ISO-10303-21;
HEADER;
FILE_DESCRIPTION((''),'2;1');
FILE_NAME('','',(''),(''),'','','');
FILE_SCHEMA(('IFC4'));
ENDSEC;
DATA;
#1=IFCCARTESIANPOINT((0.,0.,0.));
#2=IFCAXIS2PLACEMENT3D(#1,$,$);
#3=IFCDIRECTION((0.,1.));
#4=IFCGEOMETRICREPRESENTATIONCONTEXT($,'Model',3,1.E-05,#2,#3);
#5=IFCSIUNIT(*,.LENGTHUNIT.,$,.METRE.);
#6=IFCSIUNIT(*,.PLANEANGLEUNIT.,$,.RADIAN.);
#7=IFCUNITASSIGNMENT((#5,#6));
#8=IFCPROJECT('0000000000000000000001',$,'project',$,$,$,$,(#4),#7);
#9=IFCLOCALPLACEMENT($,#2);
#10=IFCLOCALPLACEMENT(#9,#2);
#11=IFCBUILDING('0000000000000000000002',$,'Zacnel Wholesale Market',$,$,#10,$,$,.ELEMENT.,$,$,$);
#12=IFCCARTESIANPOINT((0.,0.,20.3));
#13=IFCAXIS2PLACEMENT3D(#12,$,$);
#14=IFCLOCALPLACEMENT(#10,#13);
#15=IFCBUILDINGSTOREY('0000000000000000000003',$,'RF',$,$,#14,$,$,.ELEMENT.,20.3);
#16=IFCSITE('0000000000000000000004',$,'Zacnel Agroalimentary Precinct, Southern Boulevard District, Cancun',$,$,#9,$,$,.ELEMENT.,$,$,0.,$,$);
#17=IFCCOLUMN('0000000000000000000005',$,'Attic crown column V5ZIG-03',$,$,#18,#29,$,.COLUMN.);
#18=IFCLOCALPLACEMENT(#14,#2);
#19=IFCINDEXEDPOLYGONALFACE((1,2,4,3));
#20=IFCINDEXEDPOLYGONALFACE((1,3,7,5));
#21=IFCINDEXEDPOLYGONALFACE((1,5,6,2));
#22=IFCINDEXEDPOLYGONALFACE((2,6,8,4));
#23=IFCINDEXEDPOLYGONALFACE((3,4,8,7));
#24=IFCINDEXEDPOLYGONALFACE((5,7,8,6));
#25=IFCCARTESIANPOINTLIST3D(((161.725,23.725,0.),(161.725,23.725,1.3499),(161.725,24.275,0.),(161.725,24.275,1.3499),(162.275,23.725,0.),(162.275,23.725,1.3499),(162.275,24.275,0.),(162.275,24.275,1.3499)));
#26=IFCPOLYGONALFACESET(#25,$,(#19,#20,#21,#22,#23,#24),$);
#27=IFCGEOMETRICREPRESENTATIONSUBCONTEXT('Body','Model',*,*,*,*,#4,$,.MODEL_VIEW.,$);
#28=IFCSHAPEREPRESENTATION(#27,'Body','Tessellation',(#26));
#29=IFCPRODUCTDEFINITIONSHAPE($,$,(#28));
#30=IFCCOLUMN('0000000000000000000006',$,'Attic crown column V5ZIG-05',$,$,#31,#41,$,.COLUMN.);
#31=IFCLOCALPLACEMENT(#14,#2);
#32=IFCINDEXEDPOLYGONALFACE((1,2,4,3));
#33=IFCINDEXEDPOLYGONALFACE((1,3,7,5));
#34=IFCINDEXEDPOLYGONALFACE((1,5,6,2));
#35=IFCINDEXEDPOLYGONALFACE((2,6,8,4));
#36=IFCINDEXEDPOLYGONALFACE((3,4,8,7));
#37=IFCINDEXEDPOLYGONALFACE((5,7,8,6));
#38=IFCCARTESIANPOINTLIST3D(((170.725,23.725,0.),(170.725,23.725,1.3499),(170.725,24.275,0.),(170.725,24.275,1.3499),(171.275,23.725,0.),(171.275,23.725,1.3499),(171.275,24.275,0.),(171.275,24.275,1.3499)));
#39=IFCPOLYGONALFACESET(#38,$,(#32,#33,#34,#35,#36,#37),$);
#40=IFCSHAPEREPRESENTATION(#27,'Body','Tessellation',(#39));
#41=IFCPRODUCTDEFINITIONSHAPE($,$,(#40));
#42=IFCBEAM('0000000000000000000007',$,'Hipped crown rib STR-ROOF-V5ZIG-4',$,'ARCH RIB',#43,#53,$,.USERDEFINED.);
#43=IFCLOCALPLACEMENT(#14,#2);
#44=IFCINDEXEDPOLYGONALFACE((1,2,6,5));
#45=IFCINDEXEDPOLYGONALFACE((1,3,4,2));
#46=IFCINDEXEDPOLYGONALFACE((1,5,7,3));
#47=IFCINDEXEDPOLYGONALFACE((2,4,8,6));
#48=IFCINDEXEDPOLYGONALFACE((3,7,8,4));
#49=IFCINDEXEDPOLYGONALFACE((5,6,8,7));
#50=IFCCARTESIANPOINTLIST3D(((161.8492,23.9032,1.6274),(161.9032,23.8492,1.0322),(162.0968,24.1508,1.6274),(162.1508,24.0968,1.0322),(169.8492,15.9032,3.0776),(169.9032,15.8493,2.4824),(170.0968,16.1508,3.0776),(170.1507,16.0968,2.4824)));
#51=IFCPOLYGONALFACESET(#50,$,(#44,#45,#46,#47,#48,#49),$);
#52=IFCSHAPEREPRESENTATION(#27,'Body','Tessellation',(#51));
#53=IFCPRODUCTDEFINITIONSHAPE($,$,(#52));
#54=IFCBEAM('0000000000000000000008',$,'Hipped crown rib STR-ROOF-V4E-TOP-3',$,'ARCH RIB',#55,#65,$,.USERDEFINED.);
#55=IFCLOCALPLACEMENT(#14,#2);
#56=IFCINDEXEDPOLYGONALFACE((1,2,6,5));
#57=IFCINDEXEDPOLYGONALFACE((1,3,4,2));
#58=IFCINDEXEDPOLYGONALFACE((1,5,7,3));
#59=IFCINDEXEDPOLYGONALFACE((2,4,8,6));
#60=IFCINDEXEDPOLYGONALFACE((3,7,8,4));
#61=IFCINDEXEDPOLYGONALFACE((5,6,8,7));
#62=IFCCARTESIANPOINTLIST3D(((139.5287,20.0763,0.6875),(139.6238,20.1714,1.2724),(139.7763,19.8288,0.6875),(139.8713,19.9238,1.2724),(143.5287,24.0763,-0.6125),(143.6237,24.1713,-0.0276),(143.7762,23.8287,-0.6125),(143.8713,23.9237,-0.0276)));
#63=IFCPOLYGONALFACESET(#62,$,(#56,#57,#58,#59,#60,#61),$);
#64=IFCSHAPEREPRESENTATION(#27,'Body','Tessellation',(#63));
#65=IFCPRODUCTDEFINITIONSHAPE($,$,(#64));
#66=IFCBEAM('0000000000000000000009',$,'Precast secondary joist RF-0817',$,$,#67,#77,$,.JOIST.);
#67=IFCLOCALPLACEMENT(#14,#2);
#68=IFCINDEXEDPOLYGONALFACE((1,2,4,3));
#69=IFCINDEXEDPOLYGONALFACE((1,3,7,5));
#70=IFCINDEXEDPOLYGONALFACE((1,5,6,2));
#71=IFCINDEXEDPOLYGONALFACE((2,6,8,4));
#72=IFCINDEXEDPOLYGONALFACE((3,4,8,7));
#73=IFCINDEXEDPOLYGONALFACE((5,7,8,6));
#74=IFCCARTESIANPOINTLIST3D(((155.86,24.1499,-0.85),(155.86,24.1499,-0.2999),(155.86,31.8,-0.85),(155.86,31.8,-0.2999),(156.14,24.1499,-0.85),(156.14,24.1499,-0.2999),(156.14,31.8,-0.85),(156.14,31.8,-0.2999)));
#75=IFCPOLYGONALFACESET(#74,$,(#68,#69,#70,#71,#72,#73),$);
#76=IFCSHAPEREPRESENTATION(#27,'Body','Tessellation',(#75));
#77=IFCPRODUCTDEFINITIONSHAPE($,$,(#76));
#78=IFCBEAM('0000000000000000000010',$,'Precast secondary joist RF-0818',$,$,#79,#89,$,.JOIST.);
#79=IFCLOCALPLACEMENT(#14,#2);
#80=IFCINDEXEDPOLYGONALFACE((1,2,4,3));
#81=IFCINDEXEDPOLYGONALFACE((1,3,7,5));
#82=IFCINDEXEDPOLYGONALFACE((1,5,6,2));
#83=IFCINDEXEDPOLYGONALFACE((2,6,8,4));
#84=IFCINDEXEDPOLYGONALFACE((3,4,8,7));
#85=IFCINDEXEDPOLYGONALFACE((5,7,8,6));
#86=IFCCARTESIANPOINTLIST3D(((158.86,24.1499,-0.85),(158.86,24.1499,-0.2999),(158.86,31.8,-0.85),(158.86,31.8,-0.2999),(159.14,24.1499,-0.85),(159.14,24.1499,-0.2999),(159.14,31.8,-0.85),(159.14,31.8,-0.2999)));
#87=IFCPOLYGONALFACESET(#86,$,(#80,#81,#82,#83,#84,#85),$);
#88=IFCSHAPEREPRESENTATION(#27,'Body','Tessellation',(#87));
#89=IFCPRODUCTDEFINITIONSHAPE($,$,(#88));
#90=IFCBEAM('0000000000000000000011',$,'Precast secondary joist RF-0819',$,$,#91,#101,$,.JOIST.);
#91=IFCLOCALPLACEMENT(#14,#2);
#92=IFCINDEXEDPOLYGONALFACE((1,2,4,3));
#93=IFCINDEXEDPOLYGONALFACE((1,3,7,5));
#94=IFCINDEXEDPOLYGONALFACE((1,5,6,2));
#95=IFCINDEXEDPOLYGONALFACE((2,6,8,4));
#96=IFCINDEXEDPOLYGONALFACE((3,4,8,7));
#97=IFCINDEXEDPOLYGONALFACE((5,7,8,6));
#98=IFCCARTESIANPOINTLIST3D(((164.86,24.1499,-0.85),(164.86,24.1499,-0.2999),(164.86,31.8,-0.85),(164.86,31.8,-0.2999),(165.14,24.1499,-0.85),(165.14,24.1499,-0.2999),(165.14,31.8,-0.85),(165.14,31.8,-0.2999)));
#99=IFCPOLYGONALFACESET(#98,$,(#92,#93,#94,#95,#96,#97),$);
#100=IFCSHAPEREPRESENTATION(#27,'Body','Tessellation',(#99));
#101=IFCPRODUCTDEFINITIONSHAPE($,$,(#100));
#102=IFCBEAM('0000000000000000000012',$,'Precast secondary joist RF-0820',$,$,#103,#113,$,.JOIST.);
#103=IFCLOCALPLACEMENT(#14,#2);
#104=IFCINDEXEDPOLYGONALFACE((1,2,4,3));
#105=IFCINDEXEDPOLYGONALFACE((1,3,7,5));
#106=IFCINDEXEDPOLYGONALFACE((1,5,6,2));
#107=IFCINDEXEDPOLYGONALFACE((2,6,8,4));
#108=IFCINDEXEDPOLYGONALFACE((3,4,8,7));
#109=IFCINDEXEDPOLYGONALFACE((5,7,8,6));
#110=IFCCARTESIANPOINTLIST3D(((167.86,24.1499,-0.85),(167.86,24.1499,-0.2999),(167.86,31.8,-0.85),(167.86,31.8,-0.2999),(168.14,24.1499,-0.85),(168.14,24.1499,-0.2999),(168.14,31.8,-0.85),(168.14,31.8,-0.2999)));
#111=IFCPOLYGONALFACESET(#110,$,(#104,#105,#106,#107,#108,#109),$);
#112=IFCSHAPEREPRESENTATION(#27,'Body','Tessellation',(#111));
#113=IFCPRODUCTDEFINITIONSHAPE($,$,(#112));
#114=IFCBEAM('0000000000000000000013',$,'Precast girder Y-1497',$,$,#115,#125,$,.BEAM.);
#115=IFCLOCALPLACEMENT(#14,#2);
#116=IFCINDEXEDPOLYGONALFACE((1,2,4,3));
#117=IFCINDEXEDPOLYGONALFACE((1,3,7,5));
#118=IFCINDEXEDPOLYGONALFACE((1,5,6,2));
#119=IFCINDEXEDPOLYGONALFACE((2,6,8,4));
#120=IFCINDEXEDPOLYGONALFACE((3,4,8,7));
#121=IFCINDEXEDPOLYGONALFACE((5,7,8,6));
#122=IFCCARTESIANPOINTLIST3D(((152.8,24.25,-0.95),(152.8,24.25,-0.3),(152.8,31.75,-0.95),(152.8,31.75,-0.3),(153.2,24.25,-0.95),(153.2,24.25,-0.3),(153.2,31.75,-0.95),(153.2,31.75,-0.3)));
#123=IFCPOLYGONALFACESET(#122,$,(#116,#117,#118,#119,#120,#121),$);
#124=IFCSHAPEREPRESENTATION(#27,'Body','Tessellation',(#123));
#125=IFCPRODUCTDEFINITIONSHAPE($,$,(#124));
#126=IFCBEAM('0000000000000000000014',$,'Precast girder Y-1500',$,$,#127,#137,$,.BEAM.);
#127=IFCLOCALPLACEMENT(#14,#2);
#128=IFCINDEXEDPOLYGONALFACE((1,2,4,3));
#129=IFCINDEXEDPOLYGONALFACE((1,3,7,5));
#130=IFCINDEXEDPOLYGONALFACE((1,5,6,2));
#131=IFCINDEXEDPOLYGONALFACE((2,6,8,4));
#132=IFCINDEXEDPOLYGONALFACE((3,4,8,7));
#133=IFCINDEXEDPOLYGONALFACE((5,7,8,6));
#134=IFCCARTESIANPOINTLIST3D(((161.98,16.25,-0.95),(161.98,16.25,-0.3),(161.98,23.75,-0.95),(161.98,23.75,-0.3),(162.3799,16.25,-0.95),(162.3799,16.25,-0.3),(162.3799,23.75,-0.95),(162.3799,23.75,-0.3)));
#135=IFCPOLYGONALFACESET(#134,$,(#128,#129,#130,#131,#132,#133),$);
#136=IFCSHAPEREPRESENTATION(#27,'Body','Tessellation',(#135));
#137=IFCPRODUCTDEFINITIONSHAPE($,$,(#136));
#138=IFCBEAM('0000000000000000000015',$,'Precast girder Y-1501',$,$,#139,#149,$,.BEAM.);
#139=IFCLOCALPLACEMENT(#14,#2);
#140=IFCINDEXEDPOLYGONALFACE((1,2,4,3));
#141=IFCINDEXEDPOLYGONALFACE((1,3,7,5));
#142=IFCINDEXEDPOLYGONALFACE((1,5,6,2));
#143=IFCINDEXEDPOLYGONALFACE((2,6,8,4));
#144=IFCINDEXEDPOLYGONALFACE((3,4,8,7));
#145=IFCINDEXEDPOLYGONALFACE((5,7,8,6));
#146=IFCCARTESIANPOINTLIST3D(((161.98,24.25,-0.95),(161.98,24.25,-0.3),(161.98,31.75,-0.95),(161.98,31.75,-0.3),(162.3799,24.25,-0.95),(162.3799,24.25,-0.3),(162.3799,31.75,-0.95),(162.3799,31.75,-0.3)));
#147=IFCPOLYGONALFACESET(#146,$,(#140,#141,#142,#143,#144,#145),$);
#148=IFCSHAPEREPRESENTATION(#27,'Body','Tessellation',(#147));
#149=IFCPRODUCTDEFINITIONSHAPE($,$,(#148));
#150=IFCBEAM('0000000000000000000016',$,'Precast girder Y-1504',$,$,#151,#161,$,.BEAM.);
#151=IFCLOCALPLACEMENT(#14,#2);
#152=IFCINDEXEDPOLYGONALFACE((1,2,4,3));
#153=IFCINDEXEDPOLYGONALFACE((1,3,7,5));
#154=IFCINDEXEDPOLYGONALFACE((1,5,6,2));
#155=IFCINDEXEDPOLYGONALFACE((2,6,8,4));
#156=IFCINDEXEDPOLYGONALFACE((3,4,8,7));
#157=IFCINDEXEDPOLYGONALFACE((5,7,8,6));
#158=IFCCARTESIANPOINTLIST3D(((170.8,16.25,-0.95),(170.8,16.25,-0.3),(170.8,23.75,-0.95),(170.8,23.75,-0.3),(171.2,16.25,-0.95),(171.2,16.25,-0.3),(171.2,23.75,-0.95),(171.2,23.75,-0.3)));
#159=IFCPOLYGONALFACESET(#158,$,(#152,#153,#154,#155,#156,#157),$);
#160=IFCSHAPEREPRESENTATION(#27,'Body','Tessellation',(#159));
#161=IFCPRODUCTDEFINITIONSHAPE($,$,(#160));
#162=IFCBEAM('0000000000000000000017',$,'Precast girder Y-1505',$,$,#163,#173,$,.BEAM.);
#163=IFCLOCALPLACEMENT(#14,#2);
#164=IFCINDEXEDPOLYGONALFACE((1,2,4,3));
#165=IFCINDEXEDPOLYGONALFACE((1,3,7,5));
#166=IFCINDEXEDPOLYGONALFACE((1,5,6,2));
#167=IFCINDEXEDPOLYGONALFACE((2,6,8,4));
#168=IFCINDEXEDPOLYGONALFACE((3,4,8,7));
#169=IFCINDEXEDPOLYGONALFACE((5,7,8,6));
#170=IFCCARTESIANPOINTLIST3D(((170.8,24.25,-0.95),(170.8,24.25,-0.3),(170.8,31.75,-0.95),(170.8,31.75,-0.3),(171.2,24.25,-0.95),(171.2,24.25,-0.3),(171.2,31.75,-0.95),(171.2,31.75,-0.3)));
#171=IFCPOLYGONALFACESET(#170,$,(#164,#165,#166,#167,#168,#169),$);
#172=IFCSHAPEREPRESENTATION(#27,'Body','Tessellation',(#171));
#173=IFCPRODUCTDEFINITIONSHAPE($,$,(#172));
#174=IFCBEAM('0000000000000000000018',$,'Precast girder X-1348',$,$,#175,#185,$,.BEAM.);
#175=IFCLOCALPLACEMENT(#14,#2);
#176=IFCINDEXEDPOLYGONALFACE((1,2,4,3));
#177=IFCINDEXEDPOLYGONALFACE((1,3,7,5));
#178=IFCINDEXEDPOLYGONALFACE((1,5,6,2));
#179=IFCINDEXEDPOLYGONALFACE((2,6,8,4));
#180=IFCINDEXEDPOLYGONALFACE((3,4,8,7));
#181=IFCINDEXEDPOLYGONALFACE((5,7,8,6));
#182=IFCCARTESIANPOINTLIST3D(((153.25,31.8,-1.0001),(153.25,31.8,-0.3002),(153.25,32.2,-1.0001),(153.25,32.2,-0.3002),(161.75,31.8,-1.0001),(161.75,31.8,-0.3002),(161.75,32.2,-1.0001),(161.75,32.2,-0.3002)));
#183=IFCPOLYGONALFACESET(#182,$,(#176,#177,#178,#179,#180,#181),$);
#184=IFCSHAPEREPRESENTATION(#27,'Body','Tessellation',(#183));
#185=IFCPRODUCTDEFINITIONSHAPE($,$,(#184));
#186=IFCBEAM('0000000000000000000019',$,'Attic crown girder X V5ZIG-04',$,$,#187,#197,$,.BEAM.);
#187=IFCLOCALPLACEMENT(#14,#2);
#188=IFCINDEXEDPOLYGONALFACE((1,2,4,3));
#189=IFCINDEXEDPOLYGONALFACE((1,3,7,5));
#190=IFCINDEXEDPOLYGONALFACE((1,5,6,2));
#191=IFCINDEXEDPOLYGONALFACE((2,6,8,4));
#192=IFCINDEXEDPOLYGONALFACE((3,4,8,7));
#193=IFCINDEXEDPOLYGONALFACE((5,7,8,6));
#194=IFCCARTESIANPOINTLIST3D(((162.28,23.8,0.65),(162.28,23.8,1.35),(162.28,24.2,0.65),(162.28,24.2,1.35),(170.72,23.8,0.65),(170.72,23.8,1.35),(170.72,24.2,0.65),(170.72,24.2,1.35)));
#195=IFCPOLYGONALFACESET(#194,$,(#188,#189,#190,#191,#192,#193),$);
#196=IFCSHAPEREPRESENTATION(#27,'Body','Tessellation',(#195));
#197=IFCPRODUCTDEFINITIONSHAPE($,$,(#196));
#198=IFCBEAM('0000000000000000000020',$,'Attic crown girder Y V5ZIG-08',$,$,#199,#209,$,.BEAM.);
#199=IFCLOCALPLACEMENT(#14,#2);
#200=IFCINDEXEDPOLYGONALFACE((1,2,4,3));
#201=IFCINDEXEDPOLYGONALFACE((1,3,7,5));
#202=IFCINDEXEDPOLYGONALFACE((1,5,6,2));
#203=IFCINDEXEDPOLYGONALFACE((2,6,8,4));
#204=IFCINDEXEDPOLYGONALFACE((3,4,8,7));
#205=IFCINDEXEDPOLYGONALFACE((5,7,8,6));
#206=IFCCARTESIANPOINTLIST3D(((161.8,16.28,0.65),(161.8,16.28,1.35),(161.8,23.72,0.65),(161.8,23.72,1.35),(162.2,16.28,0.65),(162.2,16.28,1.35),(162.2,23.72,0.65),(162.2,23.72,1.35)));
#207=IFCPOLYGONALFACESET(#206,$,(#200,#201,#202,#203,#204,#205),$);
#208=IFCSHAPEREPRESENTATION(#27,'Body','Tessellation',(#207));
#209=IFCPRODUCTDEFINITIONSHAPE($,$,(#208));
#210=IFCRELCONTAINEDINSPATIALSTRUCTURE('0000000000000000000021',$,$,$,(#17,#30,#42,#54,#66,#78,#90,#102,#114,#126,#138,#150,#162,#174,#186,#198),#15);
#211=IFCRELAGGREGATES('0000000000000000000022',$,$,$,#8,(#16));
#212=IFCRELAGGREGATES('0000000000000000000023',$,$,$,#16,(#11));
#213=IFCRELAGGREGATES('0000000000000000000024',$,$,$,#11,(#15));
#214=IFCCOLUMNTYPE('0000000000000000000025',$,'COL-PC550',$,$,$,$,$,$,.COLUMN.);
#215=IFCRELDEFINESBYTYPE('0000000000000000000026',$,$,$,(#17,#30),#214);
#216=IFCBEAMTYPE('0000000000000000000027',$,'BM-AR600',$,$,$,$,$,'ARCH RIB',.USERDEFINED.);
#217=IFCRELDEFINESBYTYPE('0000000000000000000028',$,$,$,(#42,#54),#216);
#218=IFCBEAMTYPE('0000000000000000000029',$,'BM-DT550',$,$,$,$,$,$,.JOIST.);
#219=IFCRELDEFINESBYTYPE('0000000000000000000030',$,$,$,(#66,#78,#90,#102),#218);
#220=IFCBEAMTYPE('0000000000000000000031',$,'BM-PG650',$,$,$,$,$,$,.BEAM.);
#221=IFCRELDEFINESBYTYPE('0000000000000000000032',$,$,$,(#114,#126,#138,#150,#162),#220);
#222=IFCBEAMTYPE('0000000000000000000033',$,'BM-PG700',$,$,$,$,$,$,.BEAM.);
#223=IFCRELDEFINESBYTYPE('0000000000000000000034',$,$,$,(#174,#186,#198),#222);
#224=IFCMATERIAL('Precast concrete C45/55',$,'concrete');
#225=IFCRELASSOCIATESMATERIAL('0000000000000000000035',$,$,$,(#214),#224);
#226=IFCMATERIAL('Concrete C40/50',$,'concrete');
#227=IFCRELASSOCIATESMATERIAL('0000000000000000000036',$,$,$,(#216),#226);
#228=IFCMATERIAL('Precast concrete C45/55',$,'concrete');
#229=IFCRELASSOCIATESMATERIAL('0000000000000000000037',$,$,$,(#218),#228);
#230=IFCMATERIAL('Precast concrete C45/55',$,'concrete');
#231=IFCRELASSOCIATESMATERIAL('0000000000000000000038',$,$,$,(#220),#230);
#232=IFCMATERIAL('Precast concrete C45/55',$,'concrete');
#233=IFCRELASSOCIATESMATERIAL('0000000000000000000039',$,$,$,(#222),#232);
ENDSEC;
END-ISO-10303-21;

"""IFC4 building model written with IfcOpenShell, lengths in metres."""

from ifc_helpers import new_model, si_unit, direction, frame, origin, origin_2d, place, context, subcontext, project, spatial, rectangle, extrude, material, material_profile, profile_set, type_object, element, save


model = new_model("IFC4")

# Units and contexts
model_context = context("Model", 3, precision=1e-05, world=origin(), true_north=direction((0.0, 1.0)))
body_context = subcontext(model_context, "Body", "Model", "MODEL_VIEW")
ifc_project = project(units=[si_unit("LENGTHUNIT", "METRE"), si_unit("PLANEANGLEUNIT", "RADIAN")], contexts=[model_context])

# Site, building, storey
site_placement = place(None, origin())
site = spatial("IfcSite", under=ifc_project, at=site_placement, Name="Zacnel Agroalimentary Precinct, Southern Boulevard District, Cancun", CompositionType="ELEMENT", RefElevation=0.0)
building_placement = place(site_placement, origin())
building = spatial("IfcBuilding", under=site, at=building_placement, Name="Zacnel Wholesale Market", CompositionType="ELEMENT")
storey_placement = place(building_placement, frame((0.0, 0.0, 20.3)))
storey = spatial("IfcBuildingStorey", under=building, at=storey_placement, Name="RF", CompositionType="ELEMENT", Elevation=20.3)

# Columns
ifc_material_1 = material(Name="Precast concrete C45/55", Category="concrete")
ifc_material_profile_1 = material_profile(ifc_material_1, rectangle(XDim=0.55, YDim=0.55, at=origin_2d()), Name="PC 550x550")
ifc_profile_set_1 = profile_set([ifc_material_profile_1], Name="Precast concrete C45/55")
column_type = type_object("IfcColumnType", Name="COL-PC550", PredefinedType="COLUMN", material=ifc_profile_set_1)
for number, where, z_axis, x_axis, name in (
    (1, (162.0, 24.0, 0.0), (0.0, 0.0, 1.0), (1.0, 0.0, 0.0), "Attic crown column V5ZIG-03"),
    (2, (171.0, 24.0, 0.0), (0.0, 0.0, 1.0), (1.0, 0.0, 0.0), "Attic crown column V5ZIG-05"),
):
    element("IfcColumn", number, at=place(storey_placement, frame(where, z_axis=z_axis, x_axis=x_axis)), inside=storey, type_object=column_type, Name=name, PredefinedType="COLUMN", context=body_context, shape_type="SweptSolid", body=[
        extrude(rectangle(XDim=0.55, YDim=0.55, at=origin_2d()), origin(), (0.0, 0.0, 1.0), 1.3499),
    ])

# Beams
ifc_material_2 = material(Name="Concrete C40/50", Category="concrete")
ifc_material_profile_2 = material_profile(ifc_material_2, rectangle(XDim=0.3501, YDim=0.6001, at=origin_2d()), Name="ARCH RIB 350x600")
ifc_profile_set_2 = profile_set([ifc_material_profile_2], Name="Concrete C40/50")
beam_type_1 = type_object("IfcBeamType", Name="BM-AR600", ElementType="ARCH RIB", PredefinedType="USERDEFINED", material=ifc_profile_set_2)
beam_1_placement = place(storey_placement, frame((162.0, 24.0, 1.3298), z_axis=(0.701368, -0.701368, 0.12714), x_axis=(0.707107, 0.707107, 0.0)))
element("IfcBeam", 3, at=beam_1_placement, inside=storey, type_object=beam_type_1, Name="Hipped crown rib STR-ROOF-V5ZIG-4", ObjectType="ARCH RIB", PredefinedType="USERDEFINED", context=body_context, shape_type="SweptSolid", body=[
    extrude(rectangle(XDim=0.3501, YDim=0.6001, at=origin_2d()), origin(), (0.0, 0.0, 1.0), 11.4062),
])
beam_2_placement = place(storey_placement, frame((143.7, 24.0, -0.3201), z_axis=(-0.689142, -0.689142, 0.22398), x_axis=(0.707107, -0.707107, 0.0)))
element("IfcBeam", 4, at=beam_2_placement, inside=storey, type_object=beam_type_1, Name="Hipped crown rib STR-ROOF-V4E-TOP-3", ObjectType="ARCH RIB", PredefinedType="USERDEFINED", context=body_context, shape_type="SweptSolid", body=[
    extrude(rectangle(XDim=0.3501, YDim=0.6001, at=origin_2d()), origin(), (0.0, 0.0, 1.0), 5.8042),
])
ifc_material_3 = material(Name="Precast concrete C45/55", Category="concrete")
ifc_material_profile_3 = material_profile(ifc_material_3, rectangle(XDim=0.28, YDim=0.55, at=origin_2d()), Name="DT RIB 280x550")
ifc_profile_set_3 = profile_set([ifc_material_profile_3], Name="Precast concrete C45/55")
beam_type_2 = type_object("IfcBeamType", Name="BM-DT550", PredefinedType="JOIST", material=ifc_profile_set_3)
for number, where, z_axis, x_axis, name in (
    (5, (156.0, 24.1499, -0.575), (0.0, 1.0, 0.0), (-1.0, 0.0, 0.0), "Precast secondary joist RF-0817"),
    (6, (159.0, 24.1499, -0.575), (0.0, 1.0, 0.0), (-1.0, 0.0, 0.0), "Precast secondary joist RF-0818"),
    (7, (165.0, 24.1499, -0.575), (0.0, 1.0, 0.0), (-1.0, 0.0, 0.0), "Precast secondary joist RF-0819"),
    (8, (168.0, 24.1499, -0.575), (0.0, 1.0, 0.0), (-1.0, 0.0, 0.0), "Precast secondary joist RF-0820"),
):
    element("IfcBeam", number, at=place(storey_placement, frame(where, z_axis=z_axis, x_axis=x_axis)), inside=storey, type_object=beam_type_2, Name=name, PredefinedType="JOIST", context=body_context, shape_type="SweptSolid", body=[
        extrude(rectangle(XDim=0.28, YDim=0.55, at=origin_2d()), origin(), (0.0, 0.0, 1.0), 7.6501),
    ])
ifc_material_4 = material(Name="Precast concrete C45/55", Category="concrete")
ifc_material_profile_4 = material_profile(ifc_material_4, rectangle(XDim=0.3999, YDim=0.6499, at=origin_2d()), Name="PG 400x650")
ifc_profile_set_4 = profile_set([ifc_material_profile_4], Name="Precast concrete C45/55")
beam_type_3 = type_object("IfcBeamType", Name="BM-PG650", PredefinedType="BEAM", material=ifc_profile_set_4)
for number, where, z_axis, x_axis, name in (
    (9, (153.0, 24.25, -0.625), (0.0, 1.0, 0.0), (-1.0, 0.0, 0.0), "Precast girder Y-1497"),
    (10, (162.1799, 16.25, -0.625), (0.0, 1.0, 0.0), (-1.0, 0.0, 0.0), "Precast girder Y-1500"),
    (11, (162.1799, 24.25, -0.625), (0.0, 1.0, 0.0), (-1.0, 0.0, 0.0), "Precast girder Y-1501"),
    (12, (171.0, 16.25, -0.625), (0.0, 1.0, 0.0), (-1.0, 0.0, 0.0), "Precast girder Y-1504"),
    (13, (171.0, 24.25, -0.625), (0.0, 1.0, 0.0), (-1.0, 0.0, 0.0), "Precast girder Y-1505"),
):
    element("IfcBeam", number, at=place(storey_placement, frame(where, z_axis=z_axis, x_axis=x_axis)), inside=storey, type_object=beam_type_3, Name=name, PredefinedType="BEAM", context=body_context, shape_type="SweptSolid", body=[
        extrude(rectangle(XDim=0.3999, YDim=0.6499, at=origin_2d()), origin(), (0.0, 0.0, 1.0), 7.5),
    ])
ifc_material_5 = material(Name="Precast concrete C45/55", Category="concrete")
ifc_material_profile_5 = material_profile(ifc_material_5, rectangle(XDim=0.3999, YDim=0.7, at=origin_2d()), Name="PG 400x700")
ifc_profile_set_5 = profile_set([ifc_material_profile_5], Name="Precast concrete C45/55")
beam_type_4 = type_object("IfcBeamType", Name="BM-PG700", PredefinedType="BEAM", material=ifc_profile_set_5)
beam_3_placement = place(storey_placement, frame((153.25, 32.0, -0.6501), z_axis=(1.0, 0.0, 0.0), x_axis=(0.0, 1.0, 0.0)))
element("IfcBeam", 14, at=beam_3_placement, inside=storey, type_object=beam_type_4, Name="Precast girder X-1348", PredefinedType="BEAM", context=body_context, shape_type="SweptSolid", body=[
    extrude(rectangle(XDim=0.3999, YDim=0.7, at=origin_2d()), origin(), (0.0, 0.0, 1.0), 8.5),
])
beam_4_placement = place(storey_placement, frame((162.28, 24.0, 1.0), z_axis=(1.0, 0.0, 0.0), x_axis=(0.0, 1.0, 0.0)))
element("IfcBeam", 15, at=beam_4_placement, inside=storey, type_object=beam_type_4, Name="Attic crown girder X V5ZIG-04", PredefinedType="BEAM", context=body_context, shape_type="SweptSolid", body=[
    extrude(rectangle(XDim=0.3999, YDim=0.7, at=origin_2d()), origin(), (0.0, 0.0, 1.0), 8.4399),
])
beam_5_placement = place(storey_placement, frame((162.0, 16.28, 1.0), z_axis=(0.0, 1.0, 0.0), x_axis=(-1.0, 0.0, 0.0)))
element("IfcBeam", 16, at=beam_5_placement, inside=storey, type_object=beam_type_4, Name="Attic crown girder Y V5ZIG-08", PredefinedType="BEAM", context=body_context, shape_type="SweptSolid", body=[
    extrude(rectangle(XDim=0.3999, YDim=0.7, at=origin_2d()), origin(), (0.0, 0.0, 1.0), 7.4399),
])

save(model, "model.ifc")
